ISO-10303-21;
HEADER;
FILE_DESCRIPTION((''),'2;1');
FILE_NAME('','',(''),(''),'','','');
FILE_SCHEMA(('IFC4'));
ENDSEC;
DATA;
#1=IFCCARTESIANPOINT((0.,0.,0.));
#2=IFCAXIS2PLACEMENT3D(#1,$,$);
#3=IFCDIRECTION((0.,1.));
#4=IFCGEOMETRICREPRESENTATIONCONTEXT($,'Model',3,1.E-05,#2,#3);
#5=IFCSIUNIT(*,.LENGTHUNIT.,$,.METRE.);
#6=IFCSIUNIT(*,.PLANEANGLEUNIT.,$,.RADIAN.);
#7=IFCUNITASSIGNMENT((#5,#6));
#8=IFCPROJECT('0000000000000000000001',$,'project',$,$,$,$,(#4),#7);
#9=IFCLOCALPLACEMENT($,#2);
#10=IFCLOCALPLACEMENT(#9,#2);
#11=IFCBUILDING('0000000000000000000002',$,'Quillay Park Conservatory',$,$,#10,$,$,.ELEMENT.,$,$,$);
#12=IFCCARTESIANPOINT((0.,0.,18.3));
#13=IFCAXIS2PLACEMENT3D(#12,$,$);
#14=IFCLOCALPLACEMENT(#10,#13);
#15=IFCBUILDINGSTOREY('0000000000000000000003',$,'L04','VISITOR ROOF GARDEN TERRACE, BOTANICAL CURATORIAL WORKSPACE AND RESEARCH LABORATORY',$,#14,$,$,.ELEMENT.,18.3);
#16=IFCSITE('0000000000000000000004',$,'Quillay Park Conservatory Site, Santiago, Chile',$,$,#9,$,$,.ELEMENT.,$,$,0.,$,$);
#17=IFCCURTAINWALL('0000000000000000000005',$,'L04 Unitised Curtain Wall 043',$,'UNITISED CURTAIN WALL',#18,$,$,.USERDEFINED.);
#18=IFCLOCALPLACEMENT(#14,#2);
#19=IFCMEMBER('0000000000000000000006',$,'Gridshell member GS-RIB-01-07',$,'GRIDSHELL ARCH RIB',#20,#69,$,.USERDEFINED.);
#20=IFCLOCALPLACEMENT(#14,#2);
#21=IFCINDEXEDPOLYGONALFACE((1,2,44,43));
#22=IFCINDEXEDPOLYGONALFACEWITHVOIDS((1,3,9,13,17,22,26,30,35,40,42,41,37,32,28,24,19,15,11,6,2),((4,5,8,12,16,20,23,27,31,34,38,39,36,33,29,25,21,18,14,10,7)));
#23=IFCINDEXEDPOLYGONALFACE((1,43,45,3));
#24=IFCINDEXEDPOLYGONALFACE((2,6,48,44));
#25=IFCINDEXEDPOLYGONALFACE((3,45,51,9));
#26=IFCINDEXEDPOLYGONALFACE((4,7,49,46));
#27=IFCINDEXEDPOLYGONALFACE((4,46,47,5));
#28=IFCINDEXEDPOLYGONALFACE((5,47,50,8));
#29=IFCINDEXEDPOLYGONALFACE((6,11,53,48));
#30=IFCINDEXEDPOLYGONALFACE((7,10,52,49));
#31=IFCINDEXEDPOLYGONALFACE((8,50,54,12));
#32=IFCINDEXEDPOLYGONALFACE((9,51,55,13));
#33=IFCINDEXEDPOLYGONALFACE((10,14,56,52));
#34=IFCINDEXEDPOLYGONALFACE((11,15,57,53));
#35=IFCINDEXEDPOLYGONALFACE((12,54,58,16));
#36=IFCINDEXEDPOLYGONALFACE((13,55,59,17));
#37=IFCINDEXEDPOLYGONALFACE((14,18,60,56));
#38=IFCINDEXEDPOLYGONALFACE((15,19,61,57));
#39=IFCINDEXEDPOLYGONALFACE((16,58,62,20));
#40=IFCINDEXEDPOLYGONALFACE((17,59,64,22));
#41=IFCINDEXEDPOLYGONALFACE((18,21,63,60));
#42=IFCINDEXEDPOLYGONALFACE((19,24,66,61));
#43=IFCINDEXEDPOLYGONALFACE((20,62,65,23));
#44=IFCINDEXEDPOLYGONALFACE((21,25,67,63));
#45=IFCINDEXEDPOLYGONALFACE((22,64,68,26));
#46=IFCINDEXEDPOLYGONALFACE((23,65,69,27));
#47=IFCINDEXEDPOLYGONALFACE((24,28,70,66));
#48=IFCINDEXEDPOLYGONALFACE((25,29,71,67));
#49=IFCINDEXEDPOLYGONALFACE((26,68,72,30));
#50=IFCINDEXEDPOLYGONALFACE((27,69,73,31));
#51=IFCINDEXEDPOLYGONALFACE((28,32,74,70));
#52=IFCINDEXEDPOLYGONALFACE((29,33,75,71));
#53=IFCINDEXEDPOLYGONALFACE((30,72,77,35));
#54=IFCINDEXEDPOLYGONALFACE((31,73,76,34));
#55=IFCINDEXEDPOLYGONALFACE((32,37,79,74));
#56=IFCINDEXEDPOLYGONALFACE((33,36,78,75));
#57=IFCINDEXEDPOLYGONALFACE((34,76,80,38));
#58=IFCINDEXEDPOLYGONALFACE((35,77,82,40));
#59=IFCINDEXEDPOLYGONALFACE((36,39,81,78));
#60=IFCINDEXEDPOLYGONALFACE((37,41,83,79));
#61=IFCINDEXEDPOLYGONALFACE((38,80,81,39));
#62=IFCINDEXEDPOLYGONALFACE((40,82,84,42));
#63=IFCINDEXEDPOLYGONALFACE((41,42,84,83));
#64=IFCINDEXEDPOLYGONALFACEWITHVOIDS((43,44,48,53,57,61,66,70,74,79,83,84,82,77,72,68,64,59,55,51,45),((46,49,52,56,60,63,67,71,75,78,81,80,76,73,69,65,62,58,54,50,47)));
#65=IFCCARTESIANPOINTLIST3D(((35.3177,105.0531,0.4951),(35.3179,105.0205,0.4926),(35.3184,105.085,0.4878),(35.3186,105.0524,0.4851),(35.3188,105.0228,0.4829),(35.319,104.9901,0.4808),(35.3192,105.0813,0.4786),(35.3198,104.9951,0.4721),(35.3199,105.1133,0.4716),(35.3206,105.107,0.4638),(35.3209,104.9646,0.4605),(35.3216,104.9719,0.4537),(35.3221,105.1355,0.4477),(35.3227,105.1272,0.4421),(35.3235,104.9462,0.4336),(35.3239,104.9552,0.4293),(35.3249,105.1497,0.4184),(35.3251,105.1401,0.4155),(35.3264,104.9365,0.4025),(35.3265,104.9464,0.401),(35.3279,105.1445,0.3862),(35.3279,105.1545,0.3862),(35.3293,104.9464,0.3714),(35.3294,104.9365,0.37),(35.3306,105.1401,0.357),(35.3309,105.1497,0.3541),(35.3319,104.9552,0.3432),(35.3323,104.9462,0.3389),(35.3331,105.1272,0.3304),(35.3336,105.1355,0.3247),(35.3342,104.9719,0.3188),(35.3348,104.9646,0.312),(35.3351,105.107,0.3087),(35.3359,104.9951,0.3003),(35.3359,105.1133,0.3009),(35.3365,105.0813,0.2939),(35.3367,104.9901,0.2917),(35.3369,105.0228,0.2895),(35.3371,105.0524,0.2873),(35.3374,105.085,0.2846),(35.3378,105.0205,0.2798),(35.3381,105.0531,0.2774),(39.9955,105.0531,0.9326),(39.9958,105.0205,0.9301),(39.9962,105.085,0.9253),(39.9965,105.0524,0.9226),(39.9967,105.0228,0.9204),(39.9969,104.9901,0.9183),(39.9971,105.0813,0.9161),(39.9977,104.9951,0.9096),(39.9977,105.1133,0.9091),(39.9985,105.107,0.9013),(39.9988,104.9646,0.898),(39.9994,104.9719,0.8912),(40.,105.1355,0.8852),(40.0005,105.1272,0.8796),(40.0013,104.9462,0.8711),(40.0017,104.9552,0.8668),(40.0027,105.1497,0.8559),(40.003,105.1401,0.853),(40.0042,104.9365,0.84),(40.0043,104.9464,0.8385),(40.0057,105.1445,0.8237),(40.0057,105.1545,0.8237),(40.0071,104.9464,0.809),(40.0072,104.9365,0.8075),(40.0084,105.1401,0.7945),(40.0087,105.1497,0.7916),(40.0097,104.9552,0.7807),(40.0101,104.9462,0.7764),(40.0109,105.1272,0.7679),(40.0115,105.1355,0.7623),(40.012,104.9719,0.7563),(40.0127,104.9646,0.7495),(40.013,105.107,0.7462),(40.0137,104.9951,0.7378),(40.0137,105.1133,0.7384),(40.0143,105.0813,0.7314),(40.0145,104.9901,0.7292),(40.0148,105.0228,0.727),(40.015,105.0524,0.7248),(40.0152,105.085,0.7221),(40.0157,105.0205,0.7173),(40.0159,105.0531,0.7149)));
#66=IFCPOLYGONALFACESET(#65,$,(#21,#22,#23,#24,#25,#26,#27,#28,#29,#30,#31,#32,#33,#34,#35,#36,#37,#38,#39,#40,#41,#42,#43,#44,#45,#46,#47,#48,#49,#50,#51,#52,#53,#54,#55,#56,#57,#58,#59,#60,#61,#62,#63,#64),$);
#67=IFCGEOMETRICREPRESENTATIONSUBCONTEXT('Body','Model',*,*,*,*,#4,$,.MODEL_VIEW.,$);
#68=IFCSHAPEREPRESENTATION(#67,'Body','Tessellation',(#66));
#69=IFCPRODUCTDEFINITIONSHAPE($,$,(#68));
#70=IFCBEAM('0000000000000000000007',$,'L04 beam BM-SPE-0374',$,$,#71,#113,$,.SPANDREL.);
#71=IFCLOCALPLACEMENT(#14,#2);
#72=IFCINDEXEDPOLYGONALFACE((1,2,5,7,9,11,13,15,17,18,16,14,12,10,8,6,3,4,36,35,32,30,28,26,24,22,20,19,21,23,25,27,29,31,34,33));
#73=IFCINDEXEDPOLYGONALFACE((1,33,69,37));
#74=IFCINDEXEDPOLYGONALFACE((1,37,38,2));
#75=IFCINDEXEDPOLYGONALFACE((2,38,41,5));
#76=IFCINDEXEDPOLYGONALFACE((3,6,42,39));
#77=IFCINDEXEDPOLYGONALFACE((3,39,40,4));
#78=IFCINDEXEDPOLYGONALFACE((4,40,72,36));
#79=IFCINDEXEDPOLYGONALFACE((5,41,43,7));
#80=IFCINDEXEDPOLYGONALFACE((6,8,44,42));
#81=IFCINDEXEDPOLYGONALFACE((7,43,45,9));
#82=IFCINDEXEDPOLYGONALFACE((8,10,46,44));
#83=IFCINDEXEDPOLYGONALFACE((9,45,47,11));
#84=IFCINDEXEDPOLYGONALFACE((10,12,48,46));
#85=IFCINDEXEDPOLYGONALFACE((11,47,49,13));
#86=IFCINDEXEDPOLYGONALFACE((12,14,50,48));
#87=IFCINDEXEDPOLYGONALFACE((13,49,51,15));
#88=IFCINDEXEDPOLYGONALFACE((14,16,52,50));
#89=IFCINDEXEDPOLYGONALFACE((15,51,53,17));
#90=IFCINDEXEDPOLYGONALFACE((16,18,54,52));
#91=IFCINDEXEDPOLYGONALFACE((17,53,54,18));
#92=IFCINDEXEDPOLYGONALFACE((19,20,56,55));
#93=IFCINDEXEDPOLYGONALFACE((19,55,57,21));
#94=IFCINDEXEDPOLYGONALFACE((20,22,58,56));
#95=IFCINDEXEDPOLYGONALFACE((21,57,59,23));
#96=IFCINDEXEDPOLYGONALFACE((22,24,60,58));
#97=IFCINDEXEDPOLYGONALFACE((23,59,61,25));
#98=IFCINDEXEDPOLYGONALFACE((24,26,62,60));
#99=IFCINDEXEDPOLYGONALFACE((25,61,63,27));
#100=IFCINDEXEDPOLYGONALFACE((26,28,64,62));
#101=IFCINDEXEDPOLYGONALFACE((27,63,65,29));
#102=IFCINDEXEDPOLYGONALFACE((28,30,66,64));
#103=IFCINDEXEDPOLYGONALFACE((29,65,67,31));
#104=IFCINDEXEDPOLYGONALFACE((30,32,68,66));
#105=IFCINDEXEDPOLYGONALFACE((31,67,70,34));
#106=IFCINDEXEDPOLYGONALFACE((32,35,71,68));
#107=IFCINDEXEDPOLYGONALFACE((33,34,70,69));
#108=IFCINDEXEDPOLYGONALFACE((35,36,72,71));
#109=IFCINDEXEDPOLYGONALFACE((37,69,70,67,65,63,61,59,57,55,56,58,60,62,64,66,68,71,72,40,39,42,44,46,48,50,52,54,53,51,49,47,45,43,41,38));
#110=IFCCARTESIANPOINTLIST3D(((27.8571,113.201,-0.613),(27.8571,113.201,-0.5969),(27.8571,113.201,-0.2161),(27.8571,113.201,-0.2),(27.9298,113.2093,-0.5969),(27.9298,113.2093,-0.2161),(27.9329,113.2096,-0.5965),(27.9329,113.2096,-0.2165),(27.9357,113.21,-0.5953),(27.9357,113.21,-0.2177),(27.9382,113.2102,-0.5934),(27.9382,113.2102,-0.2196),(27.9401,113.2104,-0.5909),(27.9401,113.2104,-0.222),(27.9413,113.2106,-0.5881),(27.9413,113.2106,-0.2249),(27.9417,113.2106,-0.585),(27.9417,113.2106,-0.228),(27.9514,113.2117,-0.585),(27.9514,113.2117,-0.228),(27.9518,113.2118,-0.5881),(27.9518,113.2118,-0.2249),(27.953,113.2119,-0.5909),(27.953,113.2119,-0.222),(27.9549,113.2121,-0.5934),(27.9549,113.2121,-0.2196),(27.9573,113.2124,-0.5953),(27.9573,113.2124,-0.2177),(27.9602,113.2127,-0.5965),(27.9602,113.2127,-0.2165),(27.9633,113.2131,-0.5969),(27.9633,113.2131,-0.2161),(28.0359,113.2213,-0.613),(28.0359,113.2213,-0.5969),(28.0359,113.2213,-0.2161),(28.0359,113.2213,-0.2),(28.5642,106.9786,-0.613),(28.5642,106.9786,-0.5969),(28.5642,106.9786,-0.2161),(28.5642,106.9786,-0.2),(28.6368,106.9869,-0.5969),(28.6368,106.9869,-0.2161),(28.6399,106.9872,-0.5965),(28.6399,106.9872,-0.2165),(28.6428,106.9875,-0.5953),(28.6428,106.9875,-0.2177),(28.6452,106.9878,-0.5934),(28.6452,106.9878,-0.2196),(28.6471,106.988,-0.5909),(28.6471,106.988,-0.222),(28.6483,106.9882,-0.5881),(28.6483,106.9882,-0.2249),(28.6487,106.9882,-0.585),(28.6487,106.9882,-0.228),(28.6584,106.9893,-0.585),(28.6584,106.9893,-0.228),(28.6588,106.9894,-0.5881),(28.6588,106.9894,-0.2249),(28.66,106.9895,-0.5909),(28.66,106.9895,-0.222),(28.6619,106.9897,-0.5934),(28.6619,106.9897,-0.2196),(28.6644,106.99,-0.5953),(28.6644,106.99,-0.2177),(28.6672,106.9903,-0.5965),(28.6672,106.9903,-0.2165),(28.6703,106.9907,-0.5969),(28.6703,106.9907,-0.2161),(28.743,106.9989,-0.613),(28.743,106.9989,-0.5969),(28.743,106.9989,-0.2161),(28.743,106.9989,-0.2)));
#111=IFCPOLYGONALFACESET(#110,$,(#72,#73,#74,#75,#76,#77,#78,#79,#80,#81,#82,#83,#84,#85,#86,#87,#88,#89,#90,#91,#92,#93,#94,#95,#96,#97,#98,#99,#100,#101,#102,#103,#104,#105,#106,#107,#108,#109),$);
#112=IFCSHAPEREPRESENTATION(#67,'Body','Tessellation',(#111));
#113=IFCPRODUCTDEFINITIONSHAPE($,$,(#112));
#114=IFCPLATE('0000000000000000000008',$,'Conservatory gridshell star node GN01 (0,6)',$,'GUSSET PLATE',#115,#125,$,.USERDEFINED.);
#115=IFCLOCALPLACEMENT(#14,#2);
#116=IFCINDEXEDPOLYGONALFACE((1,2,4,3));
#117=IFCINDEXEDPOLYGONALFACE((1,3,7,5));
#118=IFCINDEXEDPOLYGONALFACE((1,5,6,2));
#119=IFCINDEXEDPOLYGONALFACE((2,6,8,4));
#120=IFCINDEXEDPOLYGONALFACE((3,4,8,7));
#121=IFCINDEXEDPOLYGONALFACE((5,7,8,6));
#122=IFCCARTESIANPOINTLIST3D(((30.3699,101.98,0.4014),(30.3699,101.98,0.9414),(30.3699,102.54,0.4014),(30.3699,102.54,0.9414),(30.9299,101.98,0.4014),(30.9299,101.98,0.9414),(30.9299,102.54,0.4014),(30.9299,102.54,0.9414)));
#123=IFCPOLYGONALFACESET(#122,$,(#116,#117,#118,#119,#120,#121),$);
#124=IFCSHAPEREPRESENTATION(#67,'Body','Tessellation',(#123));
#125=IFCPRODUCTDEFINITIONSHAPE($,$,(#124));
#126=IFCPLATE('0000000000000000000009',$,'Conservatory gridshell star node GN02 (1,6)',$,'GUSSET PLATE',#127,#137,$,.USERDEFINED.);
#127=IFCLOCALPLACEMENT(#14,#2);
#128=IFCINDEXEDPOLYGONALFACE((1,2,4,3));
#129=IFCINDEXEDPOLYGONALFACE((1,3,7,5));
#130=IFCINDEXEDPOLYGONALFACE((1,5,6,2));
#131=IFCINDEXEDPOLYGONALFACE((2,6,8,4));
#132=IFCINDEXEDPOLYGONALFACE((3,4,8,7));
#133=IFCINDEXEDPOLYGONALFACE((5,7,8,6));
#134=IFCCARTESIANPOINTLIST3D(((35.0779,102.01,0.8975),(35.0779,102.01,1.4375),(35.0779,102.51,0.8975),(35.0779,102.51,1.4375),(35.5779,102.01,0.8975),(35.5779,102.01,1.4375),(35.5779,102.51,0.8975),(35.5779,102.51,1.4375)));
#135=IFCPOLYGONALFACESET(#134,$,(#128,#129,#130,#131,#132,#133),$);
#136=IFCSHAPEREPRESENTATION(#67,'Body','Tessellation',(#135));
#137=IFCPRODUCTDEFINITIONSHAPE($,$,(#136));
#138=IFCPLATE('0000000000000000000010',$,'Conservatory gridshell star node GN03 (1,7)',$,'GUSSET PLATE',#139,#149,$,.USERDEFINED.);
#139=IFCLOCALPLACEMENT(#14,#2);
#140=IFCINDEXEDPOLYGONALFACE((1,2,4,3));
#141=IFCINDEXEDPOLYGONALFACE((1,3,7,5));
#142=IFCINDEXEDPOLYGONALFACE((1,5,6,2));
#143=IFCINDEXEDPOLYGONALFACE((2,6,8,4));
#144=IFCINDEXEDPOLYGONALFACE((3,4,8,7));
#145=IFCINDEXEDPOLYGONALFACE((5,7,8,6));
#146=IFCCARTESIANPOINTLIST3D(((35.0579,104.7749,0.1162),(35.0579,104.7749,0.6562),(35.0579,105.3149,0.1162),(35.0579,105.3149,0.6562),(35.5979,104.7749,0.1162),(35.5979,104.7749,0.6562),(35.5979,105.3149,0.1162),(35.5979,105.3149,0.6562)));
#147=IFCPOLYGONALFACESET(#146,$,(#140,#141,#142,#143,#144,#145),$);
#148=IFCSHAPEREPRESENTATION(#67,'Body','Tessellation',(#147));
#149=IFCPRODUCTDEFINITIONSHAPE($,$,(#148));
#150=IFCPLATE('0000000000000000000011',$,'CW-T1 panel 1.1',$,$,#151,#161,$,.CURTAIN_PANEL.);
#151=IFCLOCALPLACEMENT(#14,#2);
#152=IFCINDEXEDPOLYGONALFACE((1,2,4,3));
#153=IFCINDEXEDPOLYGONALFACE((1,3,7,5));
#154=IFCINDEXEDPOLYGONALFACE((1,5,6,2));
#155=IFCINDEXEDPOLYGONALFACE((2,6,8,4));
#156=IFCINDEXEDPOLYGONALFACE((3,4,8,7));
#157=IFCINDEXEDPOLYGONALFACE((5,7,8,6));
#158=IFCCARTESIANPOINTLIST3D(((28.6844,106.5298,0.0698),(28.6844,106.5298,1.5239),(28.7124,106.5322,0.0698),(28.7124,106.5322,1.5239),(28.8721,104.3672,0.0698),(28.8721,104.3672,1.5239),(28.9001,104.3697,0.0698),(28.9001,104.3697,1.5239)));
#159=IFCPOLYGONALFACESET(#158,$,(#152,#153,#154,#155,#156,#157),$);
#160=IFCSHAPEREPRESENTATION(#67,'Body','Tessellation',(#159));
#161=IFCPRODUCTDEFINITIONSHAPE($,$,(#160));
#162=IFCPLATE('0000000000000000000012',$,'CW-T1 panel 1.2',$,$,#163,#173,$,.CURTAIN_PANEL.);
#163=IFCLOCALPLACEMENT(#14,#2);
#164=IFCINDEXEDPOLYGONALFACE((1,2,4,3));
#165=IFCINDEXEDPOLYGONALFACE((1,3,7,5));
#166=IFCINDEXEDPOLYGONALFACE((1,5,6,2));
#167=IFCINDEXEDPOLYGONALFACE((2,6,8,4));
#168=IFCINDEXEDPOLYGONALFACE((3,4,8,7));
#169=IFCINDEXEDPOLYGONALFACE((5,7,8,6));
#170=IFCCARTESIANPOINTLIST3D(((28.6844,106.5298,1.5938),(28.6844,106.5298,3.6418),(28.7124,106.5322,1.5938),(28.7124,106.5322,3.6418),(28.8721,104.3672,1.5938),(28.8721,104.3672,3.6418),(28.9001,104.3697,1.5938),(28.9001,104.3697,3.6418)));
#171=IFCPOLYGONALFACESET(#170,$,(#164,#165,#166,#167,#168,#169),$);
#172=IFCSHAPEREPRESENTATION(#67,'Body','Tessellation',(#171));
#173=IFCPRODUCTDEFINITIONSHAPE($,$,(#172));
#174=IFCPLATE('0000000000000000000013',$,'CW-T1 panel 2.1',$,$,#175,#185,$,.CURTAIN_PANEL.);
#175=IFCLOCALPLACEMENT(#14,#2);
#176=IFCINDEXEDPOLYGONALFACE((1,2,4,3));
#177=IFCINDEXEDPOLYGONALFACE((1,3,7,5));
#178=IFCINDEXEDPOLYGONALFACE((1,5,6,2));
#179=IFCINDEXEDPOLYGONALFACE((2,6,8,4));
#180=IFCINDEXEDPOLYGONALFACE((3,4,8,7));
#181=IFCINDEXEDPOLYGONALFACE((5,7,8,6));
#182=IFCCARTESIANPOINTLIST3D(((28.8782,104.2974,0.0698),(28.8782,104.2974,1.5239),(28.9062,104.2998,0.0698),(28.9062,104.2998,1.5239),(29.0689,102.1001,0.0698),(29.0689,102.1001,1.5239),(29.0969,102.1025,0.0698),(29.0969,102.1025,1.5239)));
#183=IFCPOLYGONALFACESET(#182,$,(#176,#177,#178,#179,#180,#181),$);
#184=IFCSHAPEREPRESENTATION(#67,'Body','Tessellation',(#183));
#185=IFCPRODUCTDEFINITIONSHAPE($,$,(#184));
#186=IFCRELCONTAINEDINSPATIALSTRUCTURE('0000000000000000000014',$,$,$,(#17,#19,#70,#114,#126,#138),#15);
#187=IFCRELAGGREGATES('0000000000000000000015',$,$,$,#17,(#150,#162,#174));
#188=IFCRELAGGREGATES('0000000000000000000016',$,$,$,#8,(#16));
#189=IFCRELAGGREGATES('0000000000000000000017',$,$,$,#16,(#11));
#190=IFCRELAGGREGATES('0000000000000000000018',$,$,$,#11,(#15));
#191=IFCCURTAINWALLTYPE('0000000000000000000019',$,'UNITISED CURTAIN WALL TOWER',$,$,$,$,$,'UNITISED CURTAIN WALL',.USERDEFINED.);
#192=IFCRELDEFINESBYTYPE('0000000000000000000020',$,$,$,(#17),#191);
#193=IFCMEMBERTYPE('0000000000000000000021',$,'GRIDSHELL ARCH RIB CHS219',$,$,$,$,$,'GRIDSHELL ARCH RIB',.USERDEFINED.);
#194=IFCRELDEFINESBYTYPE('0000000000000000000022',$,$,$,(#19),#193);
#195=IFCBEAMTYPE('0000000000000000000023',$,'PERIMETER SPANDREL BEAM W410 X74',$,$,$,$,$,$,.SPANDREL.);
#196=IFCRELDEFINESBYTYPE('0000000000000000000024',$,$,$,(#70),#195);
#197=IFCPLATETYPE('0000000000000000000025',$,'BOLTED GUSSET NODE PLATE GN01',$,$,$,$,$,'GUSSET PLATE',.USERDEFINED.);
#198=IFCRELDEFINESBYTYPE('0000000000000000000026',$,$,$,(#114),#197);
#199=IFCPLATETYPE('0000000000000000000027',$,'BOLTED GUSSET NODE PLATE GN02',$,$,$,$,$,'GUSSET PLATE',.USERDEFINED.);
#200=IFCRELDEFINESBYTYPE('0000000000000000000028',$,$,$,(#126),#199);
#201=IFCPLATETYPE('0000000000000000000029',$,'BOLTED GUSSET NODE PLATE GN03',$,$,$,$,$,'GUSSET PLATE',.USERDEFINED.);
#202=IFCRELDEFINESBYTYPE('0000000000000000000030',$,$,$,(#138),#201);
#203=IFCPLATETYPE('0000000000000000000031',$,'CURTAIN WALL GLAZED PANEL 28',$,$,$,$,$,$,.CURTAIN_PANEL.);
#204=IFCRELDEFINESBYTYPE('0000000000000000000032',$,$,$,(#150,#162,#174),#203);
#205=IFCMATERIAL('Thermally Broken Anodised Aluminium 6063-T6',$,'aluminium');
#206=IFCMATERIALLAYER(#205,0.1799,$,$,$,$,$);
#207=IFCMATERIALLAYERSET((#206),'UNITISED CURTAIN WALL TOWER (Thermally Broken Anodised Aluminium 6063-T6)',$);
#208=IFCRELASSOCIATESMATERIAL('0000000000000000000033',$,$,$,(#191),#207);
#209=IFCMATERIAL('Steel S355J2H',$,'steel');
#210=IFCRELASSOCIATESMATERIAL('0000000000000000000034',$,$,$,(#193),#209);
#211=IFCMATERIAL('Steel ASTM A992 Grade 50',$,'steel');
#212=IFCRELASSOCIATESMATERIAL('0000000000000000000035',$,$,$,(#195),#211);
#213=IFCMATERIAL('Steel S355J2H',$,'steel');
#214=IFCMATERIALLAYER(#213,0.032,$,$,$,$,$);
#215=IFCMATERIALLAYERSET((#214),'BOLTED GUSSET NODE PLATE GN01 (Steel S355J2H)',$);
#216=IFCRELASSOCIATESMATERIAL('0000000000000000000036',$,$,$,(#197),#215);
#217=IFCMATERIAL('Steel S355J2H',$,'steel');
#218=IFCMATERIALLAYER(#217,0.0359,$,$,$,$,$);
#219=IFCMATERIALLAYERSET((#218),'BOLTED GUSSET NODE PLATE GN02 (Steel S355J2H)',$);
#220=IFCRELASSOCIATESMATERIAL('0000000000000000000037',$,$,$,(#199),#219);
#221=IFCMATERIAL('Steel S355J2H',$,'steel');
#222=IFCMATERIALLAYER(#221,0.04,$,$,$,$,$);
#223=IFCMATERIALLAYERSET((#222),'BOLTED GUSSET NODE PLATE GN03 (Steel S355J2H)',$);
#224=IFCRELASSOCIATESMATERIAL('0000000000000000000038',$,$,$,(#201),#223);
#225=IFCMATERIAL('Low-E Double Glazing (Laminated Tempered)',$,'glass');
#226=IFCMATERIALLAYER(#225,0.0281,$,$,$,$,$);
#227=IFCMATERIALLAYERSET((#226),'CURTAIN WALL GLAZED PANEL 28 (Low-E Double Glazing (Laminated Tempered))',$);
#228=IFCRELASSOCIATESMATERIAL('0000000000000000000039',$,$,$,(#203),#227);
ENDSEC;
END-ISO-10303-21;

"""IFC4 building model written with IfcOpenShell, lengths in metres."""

from ifc_helpers import new_model, si_unit, direction, frame, origin, origin_2d, place, context, subcontext, project, spatial, rectangle, hollow_circle, i_section, extrude, material, layer, layer_set, material_profile, profile_set, type_object, element, aggregate, save


model = new_model("IFC4")

# Units and contexts
model_context = context("Model", 3, precision=1e-05, world=origin(), true_north=direction((0.0, 1.0)))
body_context = subcontext(model_context, "Body", "Model", "MODEL_VIEW")
ifc_project = project(units=[si_unit("LENGTHUNIT", "METRE"), si_unit("PLANEANGLEUNIT", "RADIAN")], contexts=[model_context])

# Site, building, storey
site_placement = place(None, origin())
site = spatial("IfcSite", under=ifc_project, at=site_placement, Name="Quillay Park Conservatory Site, Santiago, Chile", CompositionType="ELEMENT", RefElevation=0.0)
building_placement = place(site_placement, origin())
building = spatial("IfcBuilding", under=site, at=building_placement, Name="Quillay Park Conservatory", CompositionType="ELEMENT")
storey_placement = place(building_placement, frame((0.0, 0.0, 18.3)))
storey = spatial("IfcBuildingStorey", under=building, at=storey_placement, Name="L04", Description="VISITOR ROOF GARDEN TERRACE, BOTANICAL CURATORIAL WORKSPACE AND RESEARCH LABORATORY", CompositionType="ELEMENT", Elevation=18.3)

# Curtain wall
ifc_material_1 = material(Name="Thermally Broken Anodised Aluminium 6063-T6", Category="aluminium")
ifc_layer_1 = layer(ifc_material_1, 0.1799)
ifc_layer_set_1 = layer_set([ifc_layer_1], Name="UNITISED CURTAIN WALL TOWER (Thermally Broken Anodised Aluminium 6063-T6)")
curtain_wall_type = type_object("IfcCurtainWallType", Name="UNITISED CURTAIN WALL TOWER", ElementType="UNITISED CURTAIN WALL", PredefinedType="USERDEFINED", material=ifc_layer_set_1)
curtain_wall_1_placement = place(storey_placement, origin())
curtain_wall_1 = element("IfcCurtainWall", 1, at=curtain_wall_1_placement, inside=storey, type_object=curtain_wall_type, Name="L04 Unitised Curtain Wall 043", ObjectType="UNITISED CURTAIN WALL", PredefinedType="USERDEFINED")

# Member
ifc_material_2 = material(Name="Steel S355J2H", Category="steel")
ifc_material_profile_1 = material_profile(ifc_material_2, hollow_circle(Radius=0.1096, WallThickness=0.01, at=origin_2d()), Name="CHS219.1x10")
ifc_profile_set_1 = profile_set([ifc_material_profile_1], Name="Steel S355J2H")
member_type_1 = type_object("IfcMemberType", Name="GRIDSHELL ARCH RIB CHS219", ElementType="GRIDSHELL ARCH RIB", PredefinedType="USERDEFINED", material=ifc_profile_set_1)
member_1_placement = place(storey_placement, frame((35.3279, 105.0449, 0.3862), z_axis=(0.995655, 0.0, 0.093122), x_axis=(0.0, 1.0, 0.0)))
element("IfcMember", 2, at=member_1_placement, inside=storey, type_object=member_type_1, Name="Gridshell member GS-RIB-01-07", ObjectType="GRIDSHELL ARCH RIB", PredefinedType="USERDEFINED", context=body_context, shape_type="SweptSolid", body=[
    extrude(hollow_circle(Radius=0.1096, WallThickness=0.01, at=origin_2d()), origin(), (0.0, 0.0, 1.0), 4.6982),
])

# Beam
ifc_material_3 = material(Name="Steel ASTM A992 Grade 50", Category="steel")
ifc_material_profile_2 = material_profile(ifc_material_3, i_section(OverallWidth=0.1799, OverallDepth=0.4131, WebThickness=0.0098, FlangeThickness=0.0161, FilletRadius=0.012, at=origin_2d()), Name="W410x74")
ifc_profile_set_2 = profile_set([ifc_material_profile_2], Name="Steel ASTM A992 Grade 50")
beam_type_1 = type_object("IfcBeamType", Name="PERIMETER SPANDREL BEAM W410 X74", PredefinedType="SPANDREL", material=ifc_profile_set_2)
beam_placement = place(storey_placement, frame((28.6536, 106.9888, -0.4065), z_axis=(-0.1129, 0.993606, 0.0), x_axis=(-0.993606, -0.1129, 0.0)))
element("IfcBeam", 3, at=beam_placement, inside=storey, type_object=beam_type_1, Name="L04 beam BM-SPE-0374", PredefinedType="SPANDREL", context=body_context, shape_type="SweptSolid", body=[
    extrude(i_section(OverallWidth=0.1799, OverallDepth=0.4131, WebThickness=0.0098, FlangeThickness=0.0161, FilletRadius=0.012, at=origin_2d()), origin(), (0.0, 0.0, 1.0), 6.2625),
])

# Plates
ifc_material_4 = material(Name="Steel S355J2H", Category="steel")
ifc_layer_2 = layer(ifc_material_4, 0.032)
ifc_layer_set_2 = layer_set([ifc_layer_2], Name="BOLTED GUSSET NODE PLATE GN01 (Steel S355J2H)")
plate_type_1 = type_object("IfcPlateType", Name="BOLTED GUSSET NODE PLATE GN01", ElementType="GUSSET PLATE", PredefinedType="USERDEFINED", material=ifc_layer_set_2)
plate_1_placement = place(storey_placement, frame((30.6499, 102.26, 0.4014), z_axis=(0.0, 0.0, 1.0), x_axis=(1.0, 0.0, 0.0)))
element("IfcPlate", 4, at=plate_1_placement, inside=storey, type_object=plate_type_1, Name="Conservatory gridshell star node GN01 (0,6)", ObjectType="GUSSET PLATE", PredefinedType="USERDEFINED", context=body_context, shape_type="SweptSolid", body=[
    extrude(rectangle(XDim=0.5601, YDim=0.5601, at=origin_2d()), origin(), (0.0, 0.0, 1.0), 0.54),
])
ifc_material_5 = material(Name="Steel S355J2H", Category="steel")
ifc_layer_3 = layer(ifc_material_5, 0.0359)
ifc_layer_set_3 = layer_set([ifc_layer_3], Name="BOLTED GUSSET NODE PLATE GN02 (Steel S355J2H)")
plate_type_2 = type_object("IfcPlateType", Name="BOLTED GUSSET NODE PLATE GN02", ElementType="GUSSET PLATE", PredefinedType="USERDEFINED", material=ifc_layer_set_3)
plate_2_placement = place(storey_placement, frame((35.3279, 102.26, 0.8975), z_axis=(0.0, 0.0, 1.0), x_axis=(1.0, 0.0, 0.0)))
element("IfcPlate", 5, at=plate_2_placement, inside=storey, type_object=plate_type_2, Name="Conservatory gridshell star node GN02 (1,6)", ObjectType="GUSSET PLATE", PredefinedType="USERDEFINED", context=body_context, shape_type="SweptSolid", body=[
    extrude(rectangle(XDim=0.5, YDim=0.5, at=origin_2d()), origin(), (0.0, 0.0, 1.0), 0.54),
])
ifc_material_6 = material(Name="Steel S355J2H", Category="steel")
ifc_layer_4 = layer(ifc_material_6, 0.04)
ifc_layer_set_4 = layer_set([ifc_layer_4], Name="BOLTED GUSSET NODE PLATE GN03 (Steel S355J2H)")
plate_type_3 = type_object("IfcPlateType", Name="BOLTED GUSSET NODE PLATE GN03", ElementType="GUSSET PLATE", PredefinedType="USERDEFINED", material=ifc_layer_set_4)
plate_3_placement = place(storey_placement, frame((35.3279, 105.0449, 0.1162), z_axis=(0.0, 0.0, 1.0), x_axis=(1.0, 0.0, 0.0)))
element("IfcPlate", 6, at=plate_3_placement, inside=storey, type_object=plate_type_3, Name="Conservatory gridshell star node GN03 (1,7)", ObjectType="GUSSET PLATE", PredefinedType="USERDEFINED", context=body_context, shape_type="SweptSolid", body=[
    extrude(rectangle(XDim=0.54, YDim=0.54, at=origin_2d()), origin(), (0.0, 0.0, 1.0), 0.54),
])

# Plates
ifc_material_7 = material(Name="Low-E Double Glazing (Laminated Tempered)", Category="glass")
ifc_layer_5 = layer(ifc_material_7, 0.0281)
ifc_layer_set_5 = layer_set([ifc_layer_5], Name="CURTAIN WALL GLAZED PANEL 28 (Low-E Double Glazing (Laminated Tempered))")
plate_type_4 = type_object("IfcPlateType", Name="CURTAIN WALL GLAZED PANEL 28", PredefinedType="CURTAIN_PANEL", material=ifc_layer_set_5)
plate_4_placement = place(storey_placement, frame((28.7922, 105.4497, 0.0698), z_axis=(0.0, 0.0, 1.0), x_axis=(0.08648, -0.996254, 0.0)))
plate_4 = element("IfcPlate", 7, at=plate_4_placement, type_object=plate_type_4, Name="CW-T1 panel 1.1", PredefinedType="CURTAIN_PANEL", context=body_context, shape_type="SweptSolid", body=[
    extrude(rectangle(XDim=2.1707, YDim=0.0281, at=origin_2d()), origin(), (0.0, 0.0, 1.0), 1.4541),
])
plate_5_placement = place(storey_placement, frame((28.7922, 105.4497, 1.5938), z_axis=(0.0, 0.0, 1.0), x_axis=(0.08648, -0.996254, 0.0)))
plate_5 = element("IfcPlate", 8, at=plate_5_placement, type_object=plate_type_4, Name="CW-T1 panel 1.2", PredefinedType="CURTAIN_PANEL", context=body_context, shape_type="SweptSolid", body=[
    extrude(rectangle(XDim=2.1707, YDim=0.0281, at=origin_2d()), origin(), (0.0, 0.0, 1.0), 2.0481),
])
plate_6_placement = place(storey_placement, frame((28.9875, 103.2, 0.0698), z_axis=(0.0, 0.0, 1.0), x_axis=(0.08648, -0.996254, 0.0)))
plate_6 = element("IfcPlate", 9, at=plate_6_placement, type_object=plate_type_4, Name="CW-T1 panel 2.1", PredefinedType="CURTAIN_PANEL", context=body_context, shape_type="SweptSolid", body=[
    extrude(rectangle(XDim=2.2056, YDim=0.0281, at=origin_2d()), origin(), (0.0, 0.0, 1.0), 1.4541),
])
aggregate(curtain_wall_1, [plate_4, plate_5, plate_6])

save(model, "model.ifc")
